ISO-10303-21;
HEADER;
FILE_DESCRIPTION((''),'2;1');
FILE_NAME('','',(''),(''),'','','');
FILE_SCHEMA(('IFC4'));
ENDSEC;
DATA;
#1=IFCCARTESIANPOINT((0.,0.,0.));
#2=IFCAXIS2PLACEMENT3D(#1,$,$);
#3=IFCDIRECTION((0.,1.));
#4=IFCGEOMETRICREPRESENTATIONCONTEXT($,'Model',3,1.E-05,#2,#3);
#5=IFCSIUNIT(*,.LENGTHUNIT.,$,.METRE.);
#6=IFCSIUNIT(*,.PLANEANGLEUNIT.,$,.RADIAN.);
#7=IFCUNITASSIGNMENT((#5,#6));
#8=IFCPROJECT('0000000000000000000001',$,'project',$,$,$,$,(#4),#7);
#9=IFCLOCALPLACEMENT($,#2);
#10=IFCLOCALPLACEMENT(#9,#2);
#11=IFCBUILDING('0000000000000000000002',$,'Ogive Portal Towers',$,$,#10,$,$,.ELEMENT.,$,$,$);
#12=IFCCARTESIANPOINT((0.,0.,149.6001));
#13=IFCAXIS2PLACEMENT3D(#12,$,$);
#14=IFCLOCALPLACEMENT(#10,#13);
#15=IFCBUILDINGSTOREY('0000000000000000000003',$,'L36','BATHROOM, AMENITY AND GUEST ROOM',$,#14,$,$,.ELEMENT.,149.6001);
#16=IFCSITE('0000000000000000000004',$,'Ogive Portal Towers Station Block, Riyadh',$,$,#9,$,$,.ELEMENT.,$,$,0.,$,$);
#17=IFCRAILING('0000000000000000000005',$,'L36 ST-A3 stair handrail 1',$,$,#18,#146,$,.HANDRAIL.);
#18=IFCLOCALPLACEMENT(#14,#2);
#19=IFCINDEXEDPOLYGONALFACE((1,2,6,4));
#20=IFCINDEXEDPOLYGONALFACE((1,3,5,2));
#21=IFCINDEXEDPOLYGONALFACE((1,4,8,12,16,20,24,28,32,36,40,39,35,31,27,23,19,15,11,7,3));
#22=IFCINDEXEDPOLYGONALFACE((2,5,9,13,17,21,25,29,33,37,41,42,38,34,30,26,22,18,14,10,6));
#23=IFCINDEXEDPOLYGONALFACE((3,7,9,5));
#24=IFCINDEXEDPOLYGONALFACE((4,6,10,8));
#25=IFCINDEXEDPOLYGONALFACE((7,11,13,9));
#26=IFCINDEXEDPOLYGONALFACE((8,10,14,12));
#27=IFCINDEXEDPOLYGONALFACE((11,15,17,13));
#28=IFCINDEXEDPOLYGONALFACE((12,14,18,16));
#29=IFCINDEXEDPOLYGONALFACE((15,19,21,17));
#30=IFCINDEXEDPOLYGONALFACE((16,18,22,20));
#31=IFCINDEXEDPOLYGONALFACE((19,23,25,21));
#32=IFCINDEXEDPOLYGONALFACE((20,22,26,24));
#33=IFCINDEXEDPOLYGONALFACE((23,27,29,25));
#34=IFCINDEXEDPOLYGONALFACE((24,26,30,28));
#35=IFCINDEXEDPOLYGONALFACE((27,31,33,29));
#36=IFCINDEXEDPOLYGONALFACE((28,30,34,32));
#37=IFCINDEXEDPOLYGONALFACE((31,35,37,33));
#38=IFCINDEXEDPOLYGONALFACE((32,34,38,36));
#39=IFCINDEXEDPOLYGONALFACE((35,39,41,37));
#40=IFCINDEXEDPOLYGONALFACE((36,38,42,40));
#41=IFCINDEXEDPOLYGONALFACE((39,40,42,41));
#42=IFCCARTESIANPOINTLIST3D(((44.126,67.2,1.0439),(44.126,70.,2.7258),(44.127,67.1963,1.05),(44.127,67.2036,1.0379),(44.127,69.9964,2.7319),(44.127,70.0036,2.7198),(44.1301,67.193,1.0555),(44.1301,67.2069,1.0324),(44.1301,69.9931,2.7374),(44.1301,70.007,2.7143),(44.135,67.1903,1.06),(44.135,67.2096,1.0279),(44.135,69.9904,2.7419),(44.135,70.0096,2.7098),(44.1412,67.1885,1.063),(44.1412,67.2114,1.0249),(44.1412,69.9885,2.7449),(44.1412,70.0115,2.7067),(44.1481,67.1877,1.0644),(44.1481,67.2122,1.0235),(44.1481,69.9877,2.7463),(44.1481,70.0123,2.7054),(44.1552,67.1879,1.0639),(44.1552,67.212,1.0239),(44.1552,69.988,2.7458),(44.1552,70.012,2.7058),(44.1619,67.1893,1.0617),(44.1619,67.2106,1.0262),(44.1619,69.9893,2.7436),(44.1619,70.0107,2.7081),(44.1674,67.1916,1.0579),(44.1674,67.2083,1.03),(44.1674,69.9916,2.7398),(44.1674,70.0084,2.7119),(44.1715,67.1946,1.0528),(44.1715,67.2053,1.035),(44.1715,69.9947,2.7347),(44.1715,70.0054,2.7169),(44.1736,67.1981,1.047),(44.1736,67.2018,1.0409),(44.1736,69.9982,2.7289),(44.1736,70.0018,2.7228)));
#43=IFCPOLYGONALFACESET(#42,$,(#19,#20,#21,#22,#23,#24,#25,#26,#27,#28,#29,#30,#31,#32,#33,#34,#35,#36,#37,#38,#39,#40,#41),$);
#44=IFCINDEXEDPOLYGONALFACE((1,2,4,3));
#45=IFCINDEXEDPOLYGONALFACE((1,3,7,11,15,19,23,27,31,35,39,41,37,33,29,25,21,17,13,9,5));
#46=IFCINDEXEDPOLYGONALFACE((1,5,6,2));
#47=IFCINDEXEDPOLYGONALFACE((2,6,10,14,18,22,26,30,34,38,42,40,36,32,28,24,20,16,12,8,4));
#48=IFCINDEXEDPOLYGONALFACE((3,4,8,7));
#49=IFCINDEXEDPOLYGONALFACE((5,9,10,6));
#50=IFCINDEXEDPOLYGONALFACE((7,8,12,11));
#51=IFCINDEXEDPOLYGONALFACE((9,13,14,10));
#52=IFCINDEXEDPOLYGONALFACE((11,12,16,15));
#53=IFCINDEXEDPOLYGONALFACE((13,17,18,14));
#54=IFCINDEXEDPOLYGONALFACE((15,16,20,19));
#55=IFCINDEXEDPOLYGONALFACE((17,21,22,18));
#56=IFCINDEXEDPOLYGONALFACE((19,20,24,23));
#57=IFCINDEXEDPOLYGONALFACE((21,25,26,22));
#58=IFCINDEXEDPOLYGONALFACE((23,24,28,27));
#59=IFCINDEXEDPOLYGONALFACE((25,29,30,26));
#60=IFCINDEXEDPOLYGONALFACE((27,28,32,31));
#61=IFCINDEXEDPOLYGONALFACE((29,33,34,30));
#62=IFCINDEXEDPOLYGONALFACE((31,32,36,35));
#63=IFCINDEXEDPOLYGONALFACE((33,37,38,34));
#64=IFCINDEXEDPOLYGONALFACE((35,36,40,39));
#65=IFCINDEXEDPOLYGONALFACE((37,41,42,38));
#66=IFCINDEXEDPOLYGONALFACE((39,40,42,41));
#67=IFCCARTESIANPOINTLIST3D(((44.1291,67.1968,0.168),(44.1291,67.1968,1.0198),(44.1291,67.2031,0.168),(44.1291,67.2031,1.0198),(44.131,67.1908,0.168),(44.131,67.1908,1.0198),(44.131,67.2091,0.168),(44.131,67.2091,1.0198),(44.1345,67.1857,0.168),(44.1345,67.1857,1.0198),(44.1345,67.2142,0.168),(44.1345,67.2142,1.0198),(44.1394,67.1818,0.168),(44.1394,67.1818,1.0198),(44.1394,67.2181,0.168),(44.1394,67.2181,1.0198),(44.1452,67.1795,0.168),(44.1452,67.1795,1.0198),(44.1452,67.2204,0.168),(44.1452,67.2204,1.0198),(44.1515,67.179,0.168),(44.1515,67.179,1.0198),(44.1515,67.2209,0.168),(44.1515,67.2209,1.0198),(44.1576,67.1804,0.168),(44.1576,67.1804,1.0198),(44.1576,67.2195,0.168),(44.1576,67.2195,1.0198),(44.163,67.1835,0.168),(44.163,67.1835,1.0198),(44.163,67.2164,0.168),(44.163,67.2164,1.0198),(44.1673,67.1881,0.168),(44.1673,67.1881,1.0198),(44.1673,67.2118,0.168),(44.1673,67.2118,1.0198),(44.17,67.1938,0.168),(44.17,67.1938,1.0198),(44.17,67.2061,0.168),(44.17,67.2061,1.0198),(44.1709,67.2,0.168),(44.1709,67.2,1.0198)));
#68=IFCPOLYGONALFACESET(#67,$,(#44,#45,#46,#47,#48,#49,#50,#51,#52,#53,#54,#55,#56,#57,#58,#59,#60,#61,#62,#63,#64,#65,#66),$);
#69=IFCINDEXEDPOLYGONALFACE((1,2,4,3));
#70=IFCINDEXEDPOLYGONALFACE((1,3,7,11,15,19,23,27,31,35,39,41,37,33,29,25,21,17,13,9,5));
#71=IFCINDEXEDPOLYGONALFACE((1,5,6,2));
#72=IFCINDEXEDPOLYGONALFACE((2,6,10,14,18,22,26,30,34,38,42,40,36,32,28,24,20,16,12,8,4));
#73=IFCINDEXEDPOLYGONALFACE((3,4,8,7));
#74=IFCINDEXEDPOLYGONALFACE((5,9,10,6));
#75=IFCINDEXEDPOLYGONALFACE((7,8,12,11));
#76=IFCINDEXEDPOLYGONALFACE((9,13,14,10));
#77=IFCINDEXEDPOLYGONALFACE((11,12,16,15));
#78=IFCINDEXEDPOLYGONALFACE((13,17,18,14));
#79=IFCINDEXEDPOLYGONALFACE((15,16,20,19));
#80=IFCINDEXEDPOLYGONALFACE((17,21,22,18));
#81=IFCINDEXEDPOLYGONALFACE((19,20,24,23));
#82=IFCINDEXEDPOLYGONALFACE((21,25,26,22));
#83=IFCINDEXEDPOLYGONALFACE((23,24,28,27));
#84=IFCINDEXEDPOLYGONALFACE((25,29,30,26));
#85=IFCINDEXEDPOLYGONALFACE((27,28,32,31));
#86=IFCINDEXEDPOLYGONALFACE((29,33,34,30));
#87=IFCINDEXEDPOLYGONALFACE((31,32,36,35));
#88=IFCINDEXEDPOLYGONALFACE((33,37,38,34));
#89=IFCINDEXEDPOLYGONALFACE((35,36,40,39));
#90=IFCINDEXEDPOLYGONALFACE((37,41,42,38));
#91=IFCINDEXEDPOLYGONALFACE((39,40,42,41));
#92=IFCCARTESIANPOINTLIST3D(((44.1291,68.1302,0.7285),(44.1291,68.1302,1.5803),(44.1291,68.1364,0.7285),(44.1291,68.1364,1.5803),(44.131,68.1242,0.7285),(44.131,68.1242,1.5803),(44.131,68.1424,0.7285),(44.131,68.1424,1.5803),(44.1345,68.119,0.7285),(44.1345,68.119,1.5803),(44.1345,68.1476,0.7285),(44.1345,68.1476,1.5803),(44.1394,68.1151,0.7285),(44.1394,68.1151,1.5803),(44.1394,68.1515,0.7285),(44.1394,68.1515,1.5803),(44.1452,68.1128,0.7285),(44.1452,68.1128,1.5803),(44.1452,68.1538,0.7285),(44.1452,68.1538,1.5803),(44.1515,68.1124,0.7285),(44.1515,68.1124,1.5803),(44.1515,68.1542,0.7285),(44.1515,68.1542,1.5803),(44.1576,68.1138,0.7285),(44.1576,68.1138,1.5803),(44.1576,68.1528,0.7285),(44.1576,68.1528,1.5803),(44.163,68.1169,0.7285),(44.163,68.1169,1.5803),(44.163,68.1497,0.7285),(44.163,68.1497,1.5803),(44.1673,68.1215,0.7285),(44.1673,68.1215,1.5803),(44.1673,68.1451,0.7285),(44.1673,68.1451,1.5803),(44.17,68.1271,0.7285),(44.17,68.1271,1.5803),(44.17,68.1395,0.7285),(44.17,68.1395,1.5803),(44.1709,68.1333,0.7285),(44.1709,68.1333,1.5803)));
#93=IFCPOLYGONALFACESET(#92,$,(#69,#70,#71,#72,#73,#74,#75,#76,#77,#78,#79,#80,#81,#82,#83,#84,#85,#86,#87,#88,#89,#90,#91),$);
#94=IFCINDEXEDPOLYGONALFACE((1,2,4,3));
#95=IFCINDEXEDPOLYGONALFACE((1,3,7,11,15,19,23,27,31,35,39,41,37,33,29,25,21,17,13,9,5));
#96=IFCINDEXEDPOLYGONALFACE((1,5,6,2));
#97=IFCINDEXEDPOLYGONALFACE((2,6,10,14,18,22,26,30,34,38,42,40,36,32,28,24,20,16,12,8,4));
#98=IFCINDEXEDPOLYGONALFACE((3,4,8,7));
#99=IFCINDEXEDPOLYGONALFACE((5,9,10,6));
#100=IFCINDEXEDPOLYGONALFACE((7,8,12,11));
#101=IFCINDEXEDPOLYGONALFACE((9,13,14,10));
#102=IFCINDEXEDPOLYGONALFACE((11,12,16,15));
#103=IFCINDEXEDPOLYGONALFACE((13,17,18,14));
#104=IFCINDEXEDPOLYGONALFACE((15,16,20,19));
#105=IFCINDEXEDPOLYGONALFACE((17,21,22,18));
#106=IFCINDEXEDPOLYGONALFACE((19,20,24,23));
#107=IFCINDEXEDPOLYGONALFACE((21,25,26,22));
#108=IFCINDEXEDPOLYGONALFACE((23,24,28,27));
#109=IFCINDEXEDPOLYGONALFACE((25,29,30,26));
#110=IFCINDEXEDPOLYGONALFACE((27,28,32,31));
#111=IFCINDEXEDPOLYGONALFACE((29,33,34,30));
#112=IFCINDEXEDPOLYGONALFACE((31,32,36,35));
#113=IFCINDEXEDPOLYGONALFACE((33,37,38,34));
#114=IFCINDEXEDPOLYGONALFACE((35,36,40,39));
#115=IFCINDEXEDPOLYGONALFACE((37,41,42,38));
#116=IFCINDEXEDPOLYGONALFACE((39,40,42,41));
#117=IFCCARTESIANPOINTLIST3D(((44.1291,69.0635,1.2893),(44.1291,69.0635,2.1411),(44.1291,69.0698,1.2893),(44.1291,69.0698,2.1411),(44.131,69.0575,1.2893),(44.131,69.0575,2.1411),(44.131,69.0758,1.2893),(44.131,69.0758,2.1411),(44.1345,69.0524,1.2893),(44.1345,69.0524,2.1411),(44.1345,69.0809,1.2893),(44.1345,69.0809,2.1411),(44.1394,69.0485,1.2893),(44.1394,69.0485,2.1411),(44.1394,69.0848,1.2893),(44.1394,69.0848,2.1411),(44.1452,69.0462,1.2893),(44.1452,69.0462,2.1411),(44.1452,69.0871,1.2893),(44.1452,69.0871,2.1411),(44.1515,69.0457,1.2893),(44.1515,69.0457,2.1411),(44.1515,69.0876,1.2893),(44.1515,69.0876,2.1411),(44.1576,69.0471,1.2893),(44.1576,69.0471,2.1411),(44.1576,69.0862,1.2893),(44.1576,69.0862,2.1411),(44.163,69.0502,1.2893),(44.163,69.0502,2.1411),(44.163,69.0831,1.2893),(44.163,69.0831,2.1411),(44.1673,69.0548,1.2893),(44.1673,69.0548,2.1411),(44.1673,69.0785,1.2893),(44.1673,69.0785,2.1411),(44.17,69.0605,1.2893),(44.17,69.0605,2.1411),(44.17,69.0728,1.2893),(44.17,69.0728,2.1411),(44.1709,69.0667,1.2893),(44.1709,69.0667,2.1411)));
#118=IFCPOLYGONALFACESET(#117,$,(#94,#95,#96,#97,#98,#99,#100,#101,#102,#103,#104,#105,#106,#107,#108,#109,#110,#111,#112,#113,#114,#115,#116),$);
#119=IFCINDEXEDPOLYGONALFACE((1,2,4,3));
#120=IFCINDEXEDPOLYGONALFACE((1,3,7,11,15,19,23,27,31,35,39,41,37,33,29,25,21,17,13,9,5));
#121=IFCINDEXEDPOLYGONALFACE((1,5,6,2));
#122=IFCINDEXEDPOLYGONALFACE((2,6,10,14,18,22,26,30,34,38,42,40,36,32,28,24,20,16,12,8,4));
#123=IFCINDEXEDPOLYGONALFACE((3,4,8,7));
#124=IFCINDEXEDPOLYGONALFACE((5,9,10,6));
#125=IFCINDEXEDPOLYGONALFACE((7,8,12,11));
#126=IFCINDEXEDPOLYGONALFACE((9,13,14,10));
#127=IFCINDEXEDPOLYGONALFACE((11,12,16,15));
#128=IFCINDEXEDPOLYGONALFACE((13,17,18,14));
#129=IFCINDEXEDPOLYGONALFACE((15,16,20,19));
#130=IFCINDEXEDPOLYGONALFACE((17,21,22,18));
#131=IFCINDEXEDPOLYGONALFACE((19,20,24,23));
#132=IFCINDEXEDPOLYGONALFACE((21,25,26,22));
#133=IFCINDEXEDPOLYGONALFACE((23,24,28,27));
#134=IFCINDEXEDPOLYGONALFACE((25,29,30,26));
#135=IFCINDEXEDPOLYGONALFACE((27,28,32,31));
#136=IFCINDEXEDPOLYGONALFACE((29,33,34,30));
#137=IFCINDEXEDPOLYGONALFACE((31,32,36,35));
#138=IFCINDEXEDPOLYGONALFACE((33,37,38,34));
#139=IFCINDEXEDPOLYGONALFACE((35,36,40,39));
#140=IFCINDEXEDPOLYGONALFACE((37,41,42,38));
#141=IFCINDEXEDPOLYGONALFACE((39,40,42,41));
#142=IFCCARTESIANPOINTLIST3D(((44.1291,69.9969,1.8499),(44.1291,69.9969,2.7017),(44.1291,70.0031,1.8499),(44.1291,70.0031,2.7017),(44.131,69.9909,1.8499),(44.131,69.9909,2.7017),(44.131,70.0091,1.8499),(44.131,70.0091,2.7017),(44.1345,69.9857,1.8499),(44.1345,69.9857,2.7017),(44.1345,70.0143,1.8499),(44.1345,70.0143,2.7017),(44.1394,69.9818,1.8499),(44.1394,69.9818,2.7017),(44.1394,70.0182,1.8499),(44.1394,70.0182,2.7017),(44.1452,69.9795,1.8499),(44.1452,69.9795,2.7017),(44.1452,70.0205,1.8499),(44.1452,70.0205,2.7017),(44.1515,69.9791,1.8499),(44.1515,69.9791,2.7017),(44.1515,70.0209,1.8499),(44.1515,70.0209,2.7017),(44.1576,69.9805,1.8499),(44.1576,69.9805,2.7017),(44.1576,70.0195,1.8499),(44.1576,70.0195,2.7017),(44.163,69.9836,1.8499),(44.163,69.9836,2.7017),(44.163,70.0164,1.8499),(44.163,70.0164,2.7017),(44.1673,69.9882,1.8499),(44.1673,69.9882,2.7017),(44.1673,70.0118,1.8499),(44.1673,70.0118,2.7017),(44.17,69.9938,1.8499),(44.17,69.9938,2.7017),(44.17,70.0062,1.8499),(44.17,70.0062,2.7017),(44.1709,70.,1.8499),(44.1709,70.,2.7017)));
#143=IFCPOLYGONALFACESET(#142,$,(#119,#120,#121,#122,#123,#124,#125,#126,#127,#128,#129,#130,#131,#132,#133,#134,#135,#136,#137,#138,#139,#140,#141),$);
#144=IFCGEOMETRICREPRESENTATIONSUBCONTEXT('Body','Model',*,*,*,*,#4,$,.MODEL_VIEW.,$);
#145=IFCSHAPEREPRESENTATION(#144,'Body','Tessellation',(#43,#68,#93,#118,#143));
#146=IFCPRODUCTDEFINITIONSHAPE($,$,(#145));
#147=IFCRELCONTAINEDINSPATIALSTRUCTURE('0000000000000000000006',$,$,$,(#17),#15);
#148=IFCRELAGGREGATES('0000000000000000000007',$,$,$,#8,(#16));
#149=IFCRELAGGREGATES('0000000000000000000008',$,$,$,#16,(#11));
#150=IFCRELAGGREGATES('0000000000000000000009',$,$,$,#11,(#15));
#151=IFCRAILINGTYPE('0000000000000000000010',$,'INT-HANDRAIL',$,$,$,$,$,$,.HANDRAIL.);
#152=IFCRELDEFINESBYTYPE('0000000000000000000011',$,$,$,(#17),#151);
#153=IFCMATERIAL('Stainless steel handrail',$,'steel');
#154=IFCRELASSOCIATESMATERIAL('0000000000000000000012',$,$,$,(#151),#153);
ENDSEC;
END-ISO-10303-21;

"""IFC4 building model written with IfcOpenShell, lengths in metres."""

from ifc_helpers import new_model, si_unit, direction, frame, origin, origin_2d, place, context, subcontext, project, spatial, circle, extrude, material, type_object, element, save


model = new_model("IFC4")

# Units and contexts
model_context = context("Model", 3, precision=1e-05, world=origin(), true_north=direction((0.0, 1.0)))
body_context = subcontext(model_context, "Body", "Model", "MODEL_VIEW")
ifc_project = project(units=[si_unit("LENGTHUNIT", "METRE"), si_unit("PLANEANGLEUNIT", "RADIAN")], contexts=[model_context])

# Site, building, storey
site_placement = place(None, origin())
site = spatial("IfcSite", under=ifc_project, at=site_placement, Name="Ogive Portal Towers Station Block, Riyadh", CompositionType="ELEMENT", RefElevation=0.0)
building_placement = place(site_placement, origin())
building = spatial("IfcBuilding", under=site, at=building_placement, Name="Ogive Portal Towers", CompositionType="ELEMENT")
storey_placement = place(building_placement, frame((0.0, 0.0, 149.6001)))
storey = spatial("IfcBuildingStorey", under=building, at=storey_placement, Name="L36", Description="BATHROOM, AMENITY AND GUEST ROOM", CompositionType="ELEMENT", Elevation=149.6001)

# Railing
ifc_material_1 = material(Name="Stainless steel handrail", Category="steel")
railing_type_1 = type_object("IfcRailingType", Name="INT-HANDRAIL", PredefinedType="HANDRAIL", material=ifc_material_1)
railing_1_placement = place(storey_placement, frame((44.1499, 67.2, 0.168)))
element("IfcRailing", 1, at=railing_1_placement, inside=storey, type_object=railing_type_1, Name="L36 ST-A3 stair handrail 1", PredefinedType="HANDRAIL", context=body_context, shape_type="SweptSolid", body=[
    extrude(circle(Radius=0.0239, at=origin_2d()), frame((0.0, 0.0, 0.876), z_axis=(0.0, 0.857242, 0.514913), x_axis=(-1.0, 0.0, 0.0)), (0.0, 0.0, 1.0), 3.2664),
    extrude(circle(Radius=0.021, at=origin_2d()), origin(), (0.0, 0.0, 1.0), 0.8518),
    extrude(circle(Radius=0.021, at=origin_2d()), frame((0.0, 0.9333, 0.5605)), (0.0, 0.0, 1.0), 0.8518),
    extrude(circle(Radius=0.021, at=origin_2d()), frame((0.0, 1.8667, 1.1213)), (0.0, 0.0, 1.0), 0.8518),
    extrude(circle(Radius=0.021, at=origin_2d()), frame((0.0, 2.8, 1.6819)), (0.0, 0.0, 1.0), 0.8518),
])

save(model, "model.ifc")
